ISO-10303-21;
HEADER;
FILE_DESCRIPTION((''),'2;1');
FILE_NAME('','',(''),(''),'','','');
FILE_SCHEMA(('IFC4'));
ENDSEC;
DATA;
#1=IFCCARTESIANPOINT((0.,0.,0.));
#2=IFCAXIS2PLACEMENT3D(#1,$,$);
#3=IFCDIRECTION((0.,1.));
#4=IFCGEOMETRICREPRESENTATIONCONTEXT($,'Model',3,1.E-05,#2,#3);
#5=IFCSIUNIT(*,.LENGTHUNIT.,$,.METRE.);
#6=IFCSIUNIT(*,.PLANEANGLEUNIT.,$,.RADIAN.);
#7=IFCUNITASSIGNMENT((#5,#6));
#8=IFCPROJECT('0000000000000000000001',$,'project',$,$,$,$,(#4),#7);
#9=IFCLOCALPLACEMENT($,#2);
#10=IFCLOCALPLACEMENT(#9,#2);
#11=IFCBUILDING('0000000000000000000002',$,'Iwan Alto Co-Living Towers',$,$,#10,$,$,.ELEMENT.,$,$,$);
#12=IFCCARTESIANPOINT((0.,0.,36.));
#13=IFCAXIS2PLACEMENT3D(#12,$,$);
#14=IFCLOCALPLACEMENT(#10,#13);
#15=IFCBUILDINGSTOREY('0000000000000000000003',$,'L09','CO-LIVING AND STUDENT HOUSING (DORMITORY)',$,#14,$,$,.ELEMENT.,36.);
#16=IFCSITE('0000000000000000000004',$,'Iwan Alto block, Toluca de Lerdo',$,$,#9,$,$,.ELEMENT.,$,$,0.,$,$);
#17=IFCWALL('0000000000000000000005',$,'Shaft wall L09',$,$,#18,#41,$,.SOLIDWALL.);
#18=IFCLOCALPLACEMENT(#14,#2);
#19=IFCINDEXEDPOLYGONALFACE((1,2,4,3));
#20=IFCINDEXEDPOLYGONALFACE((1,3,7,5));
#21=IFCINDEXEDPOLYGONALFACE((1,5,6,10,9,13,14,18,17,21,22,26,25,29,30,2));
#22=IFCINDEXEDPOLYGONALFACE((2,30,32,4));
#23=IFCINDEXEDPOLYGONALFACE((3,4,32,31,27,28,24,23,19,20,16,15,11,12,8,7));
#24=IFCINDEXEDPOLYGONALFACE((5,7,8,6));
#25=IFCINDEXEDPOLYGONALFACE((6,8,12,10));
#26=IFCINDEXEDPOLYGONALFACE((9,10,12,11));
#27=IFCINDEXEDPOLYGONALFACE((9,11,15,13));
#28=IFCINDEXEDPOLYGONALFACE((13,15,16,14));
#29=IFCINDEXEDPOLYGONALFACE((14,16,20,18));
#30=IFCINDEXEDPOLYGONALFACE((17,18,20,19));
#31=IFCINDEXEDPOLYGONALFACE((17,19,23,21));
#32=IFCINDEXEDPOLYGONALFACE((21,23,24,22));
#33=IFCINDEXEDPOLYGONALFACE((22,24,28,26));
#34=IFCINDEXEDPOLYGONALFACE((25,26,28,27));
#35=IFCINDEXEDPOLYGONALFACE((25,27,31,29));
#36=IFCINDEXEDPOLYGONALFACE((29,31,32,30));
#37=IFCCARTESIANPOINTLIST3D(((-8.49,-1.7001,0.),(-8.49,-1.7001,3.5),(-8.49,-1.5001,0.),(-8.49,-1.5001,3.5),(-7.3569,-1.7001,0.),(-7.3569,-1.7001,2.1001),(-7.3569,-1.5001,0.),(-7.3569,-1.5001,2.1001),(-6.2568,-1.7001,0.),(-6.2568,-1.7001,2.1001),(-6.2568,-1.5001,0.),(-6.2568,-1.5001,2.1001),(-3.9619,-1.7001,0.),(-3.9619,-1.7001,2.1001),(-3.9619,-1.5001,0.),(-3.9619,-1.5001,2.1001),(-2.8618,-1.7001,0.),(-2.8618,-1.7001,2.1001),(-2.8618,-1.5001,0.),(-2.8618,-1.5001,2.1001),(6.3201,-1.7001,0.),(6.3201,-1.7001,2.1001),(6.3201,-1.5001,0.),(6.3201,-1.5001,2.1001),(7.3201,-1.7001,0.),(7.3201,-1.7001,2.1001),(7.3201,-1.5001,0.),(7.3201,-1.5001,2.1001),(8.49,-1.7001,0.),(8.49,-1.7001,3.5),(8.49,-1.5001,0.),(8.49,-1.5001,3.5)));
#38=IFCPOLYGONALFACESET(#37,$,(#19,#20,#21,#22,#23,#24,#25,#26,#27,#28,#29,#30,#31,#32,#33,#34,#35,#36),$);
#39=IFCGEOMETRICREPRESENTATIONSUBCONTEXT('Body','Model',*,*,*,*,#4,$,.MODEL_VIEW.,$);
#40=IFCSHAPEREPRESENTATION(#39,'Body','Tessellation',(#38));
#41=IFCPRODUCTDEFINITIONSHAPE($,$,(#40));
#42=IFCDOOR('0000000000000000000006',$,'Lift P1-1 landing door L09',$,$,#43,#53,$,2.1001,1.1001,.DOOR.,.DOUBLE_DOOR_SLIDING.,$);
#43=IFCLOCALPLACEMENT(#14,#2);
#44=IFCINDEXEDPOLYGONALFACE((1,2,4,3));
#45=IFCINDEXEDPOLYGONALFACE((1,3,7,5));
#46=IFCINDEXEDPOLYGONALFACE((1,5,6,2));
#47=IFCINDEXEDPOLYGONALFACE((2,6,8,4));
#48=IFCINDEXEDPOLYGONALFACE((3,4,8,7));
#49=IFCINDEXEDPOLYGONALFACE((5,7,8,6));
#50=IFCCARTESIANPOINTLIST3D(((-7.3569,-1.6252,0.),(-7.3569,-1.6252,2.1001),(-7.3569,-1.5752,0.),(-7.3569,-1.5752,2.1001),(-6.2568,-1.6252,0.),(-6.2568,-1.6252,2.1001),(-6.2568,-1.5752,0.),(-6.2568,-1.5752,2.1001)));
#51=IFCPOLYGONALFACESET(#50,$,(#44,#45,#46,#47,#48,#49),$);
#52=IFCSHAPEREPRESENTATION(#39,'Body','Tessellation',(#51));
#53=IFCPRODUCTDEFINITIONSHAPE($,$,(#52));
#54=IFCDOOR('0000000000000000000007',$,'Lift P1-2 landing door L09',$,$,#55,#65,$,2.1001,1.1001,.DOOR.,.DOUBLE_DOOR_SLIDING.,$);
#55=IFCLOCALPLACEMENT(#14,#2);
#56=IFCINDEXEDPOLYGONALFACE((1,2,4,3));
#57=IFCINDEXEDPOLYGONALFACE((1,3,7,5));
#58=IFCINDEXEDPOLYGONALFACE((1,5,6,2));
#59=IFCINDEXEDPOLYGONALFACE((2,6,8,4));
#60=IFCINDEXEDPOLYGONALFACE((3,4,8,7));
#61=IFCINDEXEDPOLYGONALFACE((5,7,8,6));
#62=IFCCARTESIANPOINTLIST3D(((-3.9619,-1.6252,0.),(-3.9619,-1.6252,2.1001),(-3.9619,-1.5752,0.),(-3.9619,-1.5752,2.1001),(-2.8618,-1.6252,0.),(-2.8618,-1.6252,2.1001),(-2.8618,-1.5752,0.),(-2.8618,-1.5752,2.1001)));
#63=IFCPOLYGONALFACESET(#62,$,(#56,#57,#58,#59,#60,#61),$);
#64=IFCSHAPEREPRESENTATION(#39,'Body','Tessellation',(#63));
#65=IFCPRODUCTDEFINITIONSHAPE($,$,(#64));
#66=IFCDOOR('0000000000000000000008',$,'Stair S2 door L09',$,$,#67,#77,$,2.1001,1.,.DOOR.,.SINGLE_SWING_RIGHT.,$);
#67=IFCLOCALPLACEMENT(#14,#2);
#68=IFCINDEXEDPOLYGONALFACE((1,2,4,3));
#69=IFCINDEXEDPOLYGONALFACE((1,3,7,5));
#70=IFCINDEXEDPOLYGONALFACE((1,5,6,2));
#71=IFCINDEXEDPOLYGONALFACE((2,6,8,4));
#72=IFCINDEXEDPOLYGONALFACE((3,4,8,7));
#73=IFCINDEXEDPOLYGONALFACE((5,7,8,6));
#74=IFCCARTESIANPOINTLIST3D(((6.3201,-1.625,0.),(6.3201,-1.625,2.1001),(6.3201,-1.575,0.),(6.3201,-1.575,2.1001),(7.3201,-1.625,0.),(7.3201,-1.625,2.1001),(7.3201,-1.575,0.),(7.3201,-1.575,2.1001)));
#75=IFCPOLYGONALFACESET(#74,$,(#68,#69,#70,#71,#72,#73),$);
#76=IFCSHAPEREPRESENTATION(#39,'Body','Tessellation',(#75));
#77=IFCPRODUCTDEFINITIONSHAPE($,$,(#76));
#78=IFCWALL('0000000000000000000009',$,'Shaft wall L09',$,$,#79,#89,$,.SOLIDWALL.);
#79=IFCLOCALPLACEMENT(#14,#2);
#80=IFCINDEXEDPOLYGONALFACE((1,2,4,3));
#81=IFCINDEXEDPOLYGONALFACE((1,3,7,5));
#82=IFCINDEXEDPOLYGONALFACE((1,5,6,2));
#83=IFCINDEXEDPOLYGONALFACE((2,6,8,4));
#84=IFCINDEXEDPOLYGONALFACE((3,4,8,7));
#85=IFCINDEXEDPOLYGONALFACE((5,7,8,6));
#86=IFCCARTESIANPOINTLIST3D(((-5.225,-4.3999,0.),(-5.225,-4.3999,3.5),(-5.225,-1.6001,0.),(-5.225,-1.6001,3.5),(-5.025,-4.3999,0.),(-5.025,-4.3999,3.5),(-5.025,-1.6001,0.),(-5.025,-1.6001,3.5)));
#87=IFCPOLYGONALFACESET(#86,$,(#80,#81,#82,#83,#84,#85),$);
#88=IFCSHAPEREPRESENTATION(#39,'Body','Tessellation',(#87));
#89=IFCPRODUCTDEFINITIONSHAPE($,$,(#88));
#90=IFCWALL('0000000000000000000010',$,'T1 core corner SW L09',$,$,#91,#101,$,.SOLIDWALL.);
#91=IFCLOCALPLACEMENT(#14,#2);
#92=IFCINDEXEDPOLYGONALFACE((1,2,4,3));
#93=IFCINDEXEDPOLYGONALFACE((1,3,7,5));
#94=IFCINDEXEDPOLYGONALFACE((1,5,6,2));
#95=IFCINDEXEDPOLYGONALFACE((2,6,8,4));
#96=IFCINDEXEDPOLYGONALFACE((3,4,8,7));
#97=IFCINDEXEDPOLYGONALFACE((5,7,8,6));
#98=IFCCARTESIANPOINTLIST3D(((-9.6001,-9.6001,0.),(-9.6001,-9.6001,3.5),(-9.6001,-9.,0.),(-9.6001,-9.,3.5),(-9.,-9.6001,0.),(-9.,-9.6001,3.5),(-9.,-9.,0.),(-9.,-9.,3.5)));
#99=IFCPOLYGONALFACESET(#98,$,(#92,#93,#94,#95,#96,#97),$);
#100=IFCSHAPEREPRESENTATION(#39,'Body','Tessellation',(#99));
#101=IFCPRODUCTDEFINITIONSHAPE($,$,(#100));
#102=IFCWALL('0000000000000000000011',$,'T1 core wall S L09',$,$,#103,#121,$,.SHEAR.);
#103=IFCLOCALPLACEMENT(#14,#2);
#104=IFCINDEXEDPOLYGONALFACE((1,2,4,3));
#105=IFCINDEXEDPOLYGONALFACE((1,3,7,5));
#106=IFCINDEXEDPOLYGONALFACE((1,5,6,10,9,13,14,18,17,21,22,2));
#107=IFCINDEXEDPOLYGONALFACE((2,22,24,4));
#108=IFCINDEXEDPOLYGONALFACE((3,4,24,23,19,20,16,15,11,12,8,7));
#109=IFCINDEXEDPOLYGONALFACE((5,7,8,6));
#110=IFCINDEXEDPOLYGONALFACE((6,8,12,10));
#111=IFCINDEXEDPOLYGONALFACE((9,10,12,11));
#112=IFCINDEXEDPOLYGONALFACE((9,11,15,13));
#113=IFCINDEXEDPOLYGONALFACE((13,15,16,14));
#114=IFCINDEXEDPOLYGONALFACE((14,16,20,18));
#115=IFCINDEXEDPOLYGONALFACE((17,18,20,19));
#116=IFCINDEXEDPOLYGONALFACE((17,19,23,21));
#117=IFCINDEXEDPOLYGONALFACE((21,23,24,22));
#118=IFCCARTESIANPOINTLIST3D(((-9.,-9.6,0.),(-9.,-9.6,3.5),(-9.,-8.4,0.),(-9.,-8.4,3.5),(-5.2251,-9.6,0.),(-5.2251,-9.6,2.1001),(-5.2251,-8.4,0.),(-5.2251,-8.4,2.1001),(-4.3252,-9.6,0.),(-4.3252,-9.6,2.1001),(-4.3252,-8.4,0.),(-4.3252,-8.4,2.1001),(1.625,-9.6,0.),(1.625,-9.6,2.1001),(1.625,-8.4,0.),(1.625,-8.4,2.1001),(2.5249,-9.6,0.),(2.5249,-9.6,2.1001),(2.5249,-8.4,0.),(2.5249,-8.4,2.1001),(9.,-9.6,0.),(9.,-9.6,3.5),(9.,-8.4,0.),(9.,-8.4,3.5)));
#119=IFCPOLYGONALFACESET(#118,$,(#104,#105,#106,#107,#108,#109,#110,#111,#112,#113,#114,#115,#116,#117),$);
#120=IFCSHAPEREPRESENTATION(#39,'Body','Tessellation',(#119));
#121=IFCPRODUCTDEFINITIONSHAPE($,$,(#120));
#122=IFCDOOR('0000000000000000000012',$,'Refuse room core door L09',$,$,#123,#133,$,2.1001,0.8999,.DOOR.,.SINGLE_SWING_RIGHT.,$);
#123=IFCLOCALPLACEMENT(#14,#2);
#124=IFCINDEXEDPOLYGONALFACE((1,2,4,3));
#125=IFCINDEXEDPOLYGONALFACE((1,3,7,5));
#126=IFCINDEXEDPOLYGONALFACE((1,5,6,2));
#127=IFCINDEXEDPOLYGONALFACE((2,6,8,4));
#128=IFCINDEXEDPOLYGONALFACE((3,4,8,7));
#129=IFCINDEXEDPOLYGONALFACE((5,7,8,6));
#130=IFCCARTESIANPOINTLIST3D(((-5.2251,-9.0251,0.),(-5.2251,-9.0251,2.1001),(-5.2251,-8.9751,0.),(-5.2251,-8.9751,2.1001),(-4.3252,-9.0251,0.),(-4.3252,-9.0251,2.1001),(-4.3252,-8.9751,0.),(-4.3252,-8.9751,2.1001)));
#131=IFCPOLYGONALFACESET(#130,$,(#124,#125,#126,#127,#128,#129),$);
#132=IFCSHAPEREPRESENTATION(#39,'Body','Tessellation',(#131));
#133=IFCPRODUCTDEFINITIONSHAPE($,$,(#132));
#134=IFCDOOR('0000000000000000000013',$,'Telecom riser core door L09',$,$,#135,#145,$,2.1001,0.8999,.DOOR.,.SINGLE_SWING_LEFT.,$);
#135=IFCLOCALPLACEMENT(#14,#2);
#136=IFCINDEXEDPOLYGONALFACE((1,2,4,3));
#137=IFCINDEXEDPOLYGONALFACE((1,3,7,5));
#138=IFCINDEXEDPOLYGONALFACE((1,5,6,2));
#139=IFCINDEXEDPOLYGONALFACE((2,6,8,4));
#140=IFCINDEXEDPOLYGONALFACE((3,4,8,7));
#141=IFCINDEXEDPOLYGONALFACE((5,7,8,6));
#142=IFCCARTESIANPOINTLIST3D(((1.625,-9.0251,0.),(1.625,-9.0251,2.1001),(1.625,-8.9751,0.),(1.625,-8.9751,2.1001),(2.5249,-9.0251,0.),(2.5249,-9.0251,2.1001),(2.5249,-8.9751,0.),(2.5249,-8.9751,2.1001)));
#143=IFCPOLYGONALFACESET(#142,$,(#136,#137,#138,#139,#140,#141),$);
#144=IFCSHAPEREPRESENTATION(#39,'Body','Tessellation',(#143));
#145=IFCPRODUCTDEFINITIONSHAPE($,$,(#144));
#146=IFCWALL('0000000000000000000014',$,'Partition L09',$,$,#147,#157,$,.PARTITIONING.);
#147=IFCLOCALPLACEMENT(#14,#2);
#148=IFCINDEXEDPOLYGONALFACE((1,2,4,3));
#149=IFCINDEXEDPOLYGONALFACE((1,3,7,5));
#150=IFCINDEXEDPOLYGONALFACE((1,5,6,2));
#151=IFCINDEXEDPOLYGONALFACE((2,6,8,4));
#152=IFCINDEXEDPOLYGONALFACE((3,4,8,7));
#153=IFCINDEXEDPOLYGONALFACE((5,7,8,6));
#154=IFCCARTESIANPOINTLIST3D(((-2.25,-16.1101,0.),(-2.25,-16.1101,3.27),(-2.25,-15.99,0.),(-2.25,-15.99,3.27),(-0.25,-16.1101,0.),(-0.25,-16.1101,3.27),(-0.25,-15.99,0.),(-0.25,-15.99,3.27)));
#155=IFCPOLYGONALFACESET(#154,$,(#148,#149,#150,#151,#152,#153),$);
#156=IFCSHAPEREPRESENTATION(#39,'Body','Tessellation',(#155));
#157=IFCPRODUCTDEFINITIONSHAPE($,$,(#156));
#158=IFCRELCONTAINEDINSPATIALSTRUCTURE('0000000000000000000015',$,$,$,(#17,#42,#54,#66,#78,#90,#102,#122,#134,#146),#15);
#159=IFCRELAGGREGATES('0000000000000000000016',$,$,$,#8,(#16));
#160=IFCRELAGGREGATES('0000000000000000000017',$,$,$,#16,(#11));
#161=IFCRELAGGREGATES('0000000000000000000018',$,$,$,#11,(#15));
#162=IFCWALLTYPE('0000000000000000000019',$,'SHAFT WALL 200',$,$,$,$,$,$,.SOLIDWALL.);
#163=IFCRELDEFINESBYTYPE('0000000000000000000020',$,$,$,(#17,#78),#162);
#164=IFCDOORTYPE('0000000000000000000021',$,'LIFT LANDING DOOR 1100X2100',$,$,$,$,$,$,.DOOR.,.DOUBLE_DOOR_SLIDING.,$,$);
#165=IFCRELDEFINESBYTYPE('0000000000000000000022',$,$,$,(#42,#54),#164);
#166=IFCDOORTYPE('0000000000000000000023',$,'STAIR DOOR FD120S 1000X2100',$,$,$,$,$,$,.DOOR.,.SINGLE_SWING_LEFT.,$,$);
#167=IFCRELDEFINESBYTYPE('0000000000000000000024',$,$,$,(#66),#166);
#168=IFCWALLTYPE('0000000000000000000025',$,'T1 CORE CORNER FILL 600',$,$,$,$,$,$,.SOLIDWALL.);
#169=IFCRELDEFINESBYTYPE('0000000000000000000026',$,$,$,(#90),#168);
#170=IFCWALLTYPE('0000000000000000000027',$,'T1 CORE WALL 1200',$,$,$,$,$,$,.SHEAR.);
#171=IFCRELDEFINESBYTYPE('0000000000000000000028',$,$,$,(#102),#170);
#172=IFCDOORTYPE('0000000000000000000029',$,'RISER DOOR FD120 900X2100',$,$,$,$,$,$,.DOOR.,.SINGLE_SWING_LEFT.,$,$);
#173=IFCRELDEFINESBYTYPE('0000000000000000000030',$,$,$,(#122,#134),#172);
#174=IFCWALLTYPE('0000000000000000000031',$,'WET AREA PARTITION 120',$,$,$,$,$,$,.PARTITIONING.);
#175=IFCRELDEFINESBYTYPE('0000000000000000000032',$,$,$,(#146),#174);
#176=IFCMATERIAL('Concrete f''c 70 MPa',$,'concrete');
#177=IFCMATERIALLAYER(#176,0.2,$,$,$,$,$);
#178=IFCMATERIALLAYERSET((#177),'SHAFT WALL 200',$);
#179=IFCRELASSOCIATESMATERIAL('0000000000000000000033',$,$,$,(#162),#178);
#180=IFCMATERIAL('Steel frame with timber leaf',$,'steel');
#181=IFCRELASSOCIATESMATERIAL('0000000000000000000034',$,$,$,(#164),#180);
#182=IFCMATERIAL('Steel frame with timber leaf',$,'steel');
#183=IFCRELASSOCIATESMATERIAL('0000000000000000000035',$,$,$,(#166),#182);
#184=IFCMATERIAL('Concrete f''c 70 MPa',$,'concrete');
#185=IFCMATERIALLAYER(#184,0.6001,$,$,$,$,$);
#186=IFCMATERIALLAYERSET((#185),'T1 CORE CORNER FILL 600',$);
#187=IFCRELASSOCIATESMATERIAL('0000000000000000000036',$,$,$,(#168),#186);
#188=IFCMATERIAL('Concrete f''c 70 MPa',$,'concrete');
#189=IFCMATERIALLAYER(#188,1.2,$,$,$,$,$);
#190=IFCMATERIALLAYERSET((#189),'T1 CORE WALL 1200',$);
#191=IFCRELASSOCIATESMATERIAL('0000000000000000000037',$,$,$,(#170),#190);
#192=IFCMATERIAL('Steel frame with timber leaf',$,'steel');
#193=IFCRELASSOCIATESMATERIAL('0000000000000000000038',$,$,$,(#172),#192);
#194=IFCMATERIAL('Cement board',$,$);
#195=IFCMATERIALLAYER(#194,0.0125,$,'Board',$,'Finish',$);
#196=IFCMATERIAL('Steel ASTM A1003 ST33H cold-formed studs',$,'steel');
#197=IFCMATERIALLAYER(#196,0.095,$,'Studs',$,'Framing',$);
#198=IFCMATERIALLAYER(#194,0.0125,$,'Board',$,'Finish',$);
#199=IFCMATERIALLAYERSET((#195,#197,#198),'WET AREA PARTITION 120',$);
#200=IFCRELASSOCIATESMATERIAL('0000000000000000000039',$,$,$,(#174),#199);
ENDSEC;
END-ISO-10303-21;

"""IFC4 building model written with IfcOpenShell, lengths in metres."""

from ifc_helpers import new_model, si_unit, direction, frame, frame_2d, origin, place, context, subcontext, project, spatial, rectangle, extrude, material, layer, layer_set, type_object, element, fill, save


model = new_model("IFC4")

# Units and contexts
model_context = context("Model", 3, precision=1e-05, world=origin(), true_north=direction((0.0, 1.0)))
body_context = subcontext(model_context, "Body", "Model", "MODEL_VIEW")
ifc_project = project(units=[si_unit("LENGTHUNIT", "METRE"), si_unit("PLANEANGLEUNIT", "RADIAN")], contexts=[model_context])

# Site, building, storey
site_placement = place(None, origin())
site = spatial("IfcSite", under=ifc_project, at=site_placement, Name="Iwan Alto block, Toluca de Lerdo", CompositionType="ELEMENT", RefElevation=0.0)
building_placement = place(site_placement, origin())
building = spatial("IfcBuilding", under=site, at=building_placement, Name="Iwan Alto Co-Living Towers", CompositionType="ELEMENT")
storey_placement = place(building_placement, frame((0.0, 0.0, 36.0)))
storey = spatial("IfcBuildingStorey", under=building, at=storey_placement, Name="L09", Description="CO-LIVING AND STUDENT HOUSING (DORMITORY)", CompositionType="ELEMENT", Elevation=36.0)

# Shared definitions
ifc_material_1 = material(Name="Steel ASTM A1003 ST33H cold-formed studs", Category="steel")

# Shared definitions
ifc_material_2 = material(Name="Concrete f'c 70 MPa", Category="concrete")
ifc_layer_1 = layer(ifc_material_2, 0.2)
ifc_layer_set_1 = layer_set([ifc_layer_1], Name="SHAFT WALL 200")
wall_type_1 = type_object("IfcWallType", Name="SHAFT WALL 200", PredefinedType="SOLIDWALL", material=ifc_layer_set_1)

# Wall, openings, doors
wall_1_placement = place(storey_placement, frame((-8.49, -1.6001, 0.0), z_axis=(0.0, 0.0, 1.0), x_axis=(1.0, 0.0, 0.0)))
wall_1 = element("IfcWall", 1, at=wall_1_placement, inside=storey, type_object=wall_type_1, Name="Shaft wall L09", PredefinedType="SOLIDWALL", context=body_context, shape_type="SweptSolid", body=[
    extrude(rectangle(XDim=16.98, YDim=0.2, at=frame_2d((8.49, 0.0))), origin(), (0.0, 0.0, 1.0), 3.5),
])
opening_1_placement = place(wall_1_placement, frame((14.8101, 0.0, 0.0)))
opening_1 = element("IfcOpeningElement", 2, at=opening_1_placement, cuts=wall_1, PredefinedType="OPENING", context=body_context, shape_type="SweptSolid", body=[
    extrude(rectangle(XDim=1.0, YDim=2.1001, at=frame_2d((0.5, 1.05))), frame((0.0, 0.1099, 0.0), z_axis=(0.0, -1.0, 0.0), x_axis=(1.0, 0.0, 0.0)), (0.0, 0.0, 1.0), 0.22),
])
opening_2_placement = place(wall_1_placement, frame((1.1331, 0.0, 0.0)))
opening_2 = element("IfcOpeningElement", 3, at=opening_2_placement, cuts=wall_1, PredefinedType="OPENING", context=body_context, shape_type="SweptSolid", body=[
    extrude(rectangle(XDim=1.1001, YDim=2.1001, at=frame_2d((0.55, 1.05))), frame((0.0, 0.1099, 0.0), z_axis=(0.0, -1.0, 0.0), x_axis=(1.0, 0.0, 0.0)), (0.0, 0.0, 1.0), 0.22),
])
opening_3_placement = place(wall_1_placement, frame((4.5281, 0.0, 0.0)))
opening_3 = element("IfcOpeningElement", 4, at=opening_3_placement, cuts=wall_1, PredefinedType="OPENING", context=body_context, shape_type="SweptSolid", body=[
    extrude(rectangle(XDim=1.1001, YDim=2.1001, at=frame_2d((0.55, 1.05))), frame((0.0, 0.1099, 0.0), z_axis=(0.0, -1.0, 0.0), x_axis=(1.0, 0.0, 0.0)), (0.0, 0.0, 1.0), 0.22),
])
ifc_material_3 = material(Name="Steel frame with timber leaf", Category="steel")
door_type_1 = type_object("IfcDoorType", Name="LIFT LANDING DOOR 1100X2100", OperationType="DOUBLE_DOOR_SLIDING", PredefinedType="DOOR", material=ifc_material_3)
door_1_placement = place(opening_2_placement, origin())
door_1 = element("IfcDoor", 5, at=door_1_placement, inside=storey, type_object=door_type_1, Name="Lift P1-1 landing door L09", OperationType="DOUBLE_DOOR_SLIDING", OverallHeight=2.1001, OverallWidth=1.1001, PredefinedType="DOOR", context=body_context, shape_type="SweptSolid", body=[
    extrude(rectangle(XDim=1.1001, YDim=2.1001, at=frame_2d((0.55, 1.05))), frame((0.0, 0.0249, 0.0), z_axis=(0.0, -1.0, 0.0), x_axis=(1.0, 0.0, 0.0)), (0.0, 0.0, 1.0), 0.05),
])
fill(opening_2, door_1)
door_2_placement = place(opening_3_placement, origin())
door_2 = element("IfcDoor", 6, at=door_2_placement, inside=storey, type_object=door_type_1, Name="Lift P1-2 landing door L09", OperationType="DOUBLE_DOOR_SLIDING", OverallHeight=2.1001, OverallWidth=1.1001, PredefinedType="DOOR", context=body_context, shape_type="SweptSolid", body=[
    extrude(rectangle(XDim=1.1001, YDim=2.1001, at=frame_2d((0.55, 1.05))), frame((0.0, 0.0249, 0.0), z_axis=(0.0, -1.0, 0.0), x_axis=(1.0, 0.0, 0.0)), (0.0, 0.0, 1.0), 0.05),
])
fill(opening_3, door_2)
ifc_material_4 = material(Name="Steel frame with timber leaf", Category="steel")
door_type_2 = type_object("IfcDoorType", Name="STAIR DOOR FD120S 1000X2100", OperationType="SINGLE_SWING_LEFT", PredefinedType="DOOR", material=ifc_material_4)
door_3_placement = place(opening_1_placement, frame((1.0, 0.0, 0.0), z_axis=(0.0, 0.0, 1.0), x_axis=(-1.0, 0.0, 0.0)))
door_3 = element("IfcDoor", 7, at=door_3_placement, inside=storey, type_object=door_type_2, Name="Stair S2 door L09", OperationType="SINGLE_SWING_RIGHT", OverallHeight=2.1001, OverallWidth=1.0, PredefinedType="DOOR", context=body_context, shape_type="SweptSolid", body=[
    extrude(rectangle(XDim=1.0, YDim=2.1001, at=frame_2d((0.5, 1.05))), frame((0.0, 0.0249, 0.0), z_axis=(0.0, -1.0, 0.0), x_axis=(1.0, 0.0, 0.0)), (0.0, 0.0, 1.0), 0.05),
])
fill(opening_1, door_3)

# Walls
wall_2_placement = place(storey_placement, frame((-5.125, -4.3999, 0.0), z_axis=(0.0, 0.0, 1.0), x_axis=(0.0, 1.0, 0.0)))
element("IfcWall", 8, at=wall_2_placement, inside=storey, type_object=wall_type_1, Name="Shaft wall L09", PredefinedType="SOLIDWALL", context=body_context, shape_type="SweptSolid", body=[
    extrude(rectangle(XDim=2.7998, YDim=0.2, at=frame_2d((1.3999, 0.0))), origin(), (0.0, 0.0, 1.0), 3.5),
])
ifc_material_5 = material(Name="Concrete f'c 70 MPa", Category="concrete")
ifc_layer_2 = layer(ifc_material_5, 0.6001)
ifc_layer_set_2 = layer_set([ifc_layer_2], Name="T1 CORE CORNER FILL 600")
wall_type_2 = type_object("IfcWallType", Name="T1 CORE CORNER FILL 600", PredefinedType="SOLIDWALL", material=ifc_layer_set_2)
wall_3_placement = place(storey_placement, frame((-9.6001, -9.3, 0.0), z_axis=(0.0, 0.0, 1.0), x_axis=(1.0, 0.0, 0.0)))
element("IfcWall", 9, at=wall_3_placement, inside=storey, type_object=wall_type_2, Name="T1 core corner SW L09", PredefinedType="SOLIDWALL", context=body_context, shape_type="SweptSolid", body=[
    extrude(rectangle(XDim=0.6001, YDim=0.6001, at=frame_2d((0.3, 0.0))), origin(), (0.0, 0.0, 1.0), 3.5),
])

# Wall, openings, doors
ifc_material_6 = material(Name="Concrete f'c 70 MPa", Category="concrete")
ifc_layer_3 = layer(ifc_material_6, 1.2)
ifc_layer_set_3 = layer_set([ifc_layer_3], Name="T1 CORE WALL 1200")
wall_type_3 = type_object("IfcWallType", Name="T1 CORE WALL 1200", PredefinedType="SHEAR", material=ifc_layer_set_3)
wall_4_placement = place(storey_placement, frame((-9.0, -9.0, 0.0), z_axis=(0.0, 0.0, 1.0), x_axis=(1.0, 0.0, 0.0)))
wall_4 = element("IfcWall", 10, at=wall_4_placement, inside=storey, type_object=wall_type_3, Name="T1 core wall S L09", PredefinedType="SHEAR", context=body_context, shape_type="SweptSolid", body=[
    extrude(rectangle(XDim=18.0, YDim=1.2, at=frame_2d((9.0, 0.0))), origin(), (0.0, 0.0, 1.0), 3.5),
])
opening_4_placement = place(wall_4_placement, frame((3.7749, 0.0, 0.0)))
opening_4 = element("IfcOpeningElement", 11, at=opening_4_placement, cuts=wall_4, PredefinedType="OPENING", context=body_context, shape_type="SweptSolid", body=[
    extrude(rectangle(XDim=0.8999, YDim=2.1001, at=frame_2d((0.45, 1.05))), frame((0.0, 0.6099, 0.0), z_axis=(0.0, -1.0, 0.0), x_axis=(1.0, 0.0, 0.0)), (0.0, 0.0, 1.0), 1.22),
])
opening_5_placement = place(wall_4_placement, frame((10.625, 0.0, 0.0)))
opening_5 = element("IfcOpeningElement", 12, at=opening_5_placement, cuts=wall_4, PredefinedType="OPENING", context=body_context, shape_type="SweptSolid", body=[
    extrude(rectangle(XDim=0.8999, YDim=2.1001, at=frame_2d((0.45, 1.05))), frame((0.0, 0.6099, 0.0), z_axis=(0.0, -1.0, 0.0), x_axis=(1.0, 0.0, 0.0)), (0.0, 0.0, 1.0), 1.22),
])
ifc_material_7 = material(Name="Steel frame with timber leaf", Category="steel")
door_type_3 = type_object("IfcDoorType", Name="RISER DOOR FD120 900X2100", OperationType="SINGLE_SWING_LEFT", PredefinedType="DOOR", material=ifc_material_7)
door_4_placement = place(opening_4_placement, origin())
door_4 = element("IfcDoor", 13, at=door_4_placement, inside=storey, type_object=door_type_3, Name="Refuse room core door L09", OperationType="SINGLE_SWING_RIGHT", OverallHeight=2.1001, OverallWidth=0.8999, PredefinedType="DOOR", context=body_context, shape_type="SweptSolid", body=[
    extrude(rectangle(XDim=0.8999, YDim=2.1001, at=frame_2d((0.45, 1.05))), frame((0.0, 0.0249, 0.0), z_axis=(0.0, -1.0, 0.0), x_axis=(1.0, 0.0, 0.0)), (0.0, 0.0, 1.0), 0.05),
])
fill(opening_4, door_4)
door_5_placement = place(opening_5_placement, origin())
door_5 = element("IfcDoor", 14, at=door_5_placement, inside=storey, type_object=door_type_3, Name="Telecom riser core door L09", OperationType="SINGLE_SWING_LEFT", OverallHeight=2.1001, OverallWidth=0.8999, PredefinedType="DOOR", context=body_context, shape_type="SweptSolid", body=[
    extrude(rectangle(XDim=0.8999, YDim=2.1001, at=frame_2d((0.45, 1.05))), frame((0.0, 0.0249, 0.0), z_axis=(0.0, -1.0, 0.0), x_axis=(1.0, 0.0, 0.0)), (0.0, 0.0, 1.0), 0.05),
])
fill(opening_5, door_5)

# Wall
ifc_material_8 = material(Name="Cement board")
ifc_layer_4 = layer(ifc_material_8, 0.0125, Name="Board", Category="Finish")
ifc_layer_5 = layer(ifc_material_1, 0.095, Name="Studs", Category="Framing")
ifc_layer_6 = layer(ifc_material_8, 0.0125, Name="Board", Category="Finish")
ifc_layer_set_4 = layer_set([ifc_layer_4, ifc_layer_5, ifc_layer_6], Name="WET AREA PARTITION 120")
wall_type_4 = type_object("IfcWallType", Name="WET AREA PARTITION 120", PredefinedType="PARTITIONING", material=ifc_layer_set_4)
wall_5_placement = place(storey_placement, frame((-2.25, -16.05, 0.0), z_axis=(0.0, 0.0, 1.0), x_axis=(1.0, 0.0, 0.0)))
element("IfcWall", 15, at=wall_5_placement, inside=storey, type_object=wall_type_4, Name="Partition L09", PredefinedType="PARTITIONING", context=body_context, shape_type="SweptSolid", body=[
    extrude(rectangle(XDim=2.0, YDim=0.1201, at=frame_2d((1.0, 0.0))), origin(), (0.0, 0.0, 1.0), 3.27),
])

save(model, "model.ifc")
